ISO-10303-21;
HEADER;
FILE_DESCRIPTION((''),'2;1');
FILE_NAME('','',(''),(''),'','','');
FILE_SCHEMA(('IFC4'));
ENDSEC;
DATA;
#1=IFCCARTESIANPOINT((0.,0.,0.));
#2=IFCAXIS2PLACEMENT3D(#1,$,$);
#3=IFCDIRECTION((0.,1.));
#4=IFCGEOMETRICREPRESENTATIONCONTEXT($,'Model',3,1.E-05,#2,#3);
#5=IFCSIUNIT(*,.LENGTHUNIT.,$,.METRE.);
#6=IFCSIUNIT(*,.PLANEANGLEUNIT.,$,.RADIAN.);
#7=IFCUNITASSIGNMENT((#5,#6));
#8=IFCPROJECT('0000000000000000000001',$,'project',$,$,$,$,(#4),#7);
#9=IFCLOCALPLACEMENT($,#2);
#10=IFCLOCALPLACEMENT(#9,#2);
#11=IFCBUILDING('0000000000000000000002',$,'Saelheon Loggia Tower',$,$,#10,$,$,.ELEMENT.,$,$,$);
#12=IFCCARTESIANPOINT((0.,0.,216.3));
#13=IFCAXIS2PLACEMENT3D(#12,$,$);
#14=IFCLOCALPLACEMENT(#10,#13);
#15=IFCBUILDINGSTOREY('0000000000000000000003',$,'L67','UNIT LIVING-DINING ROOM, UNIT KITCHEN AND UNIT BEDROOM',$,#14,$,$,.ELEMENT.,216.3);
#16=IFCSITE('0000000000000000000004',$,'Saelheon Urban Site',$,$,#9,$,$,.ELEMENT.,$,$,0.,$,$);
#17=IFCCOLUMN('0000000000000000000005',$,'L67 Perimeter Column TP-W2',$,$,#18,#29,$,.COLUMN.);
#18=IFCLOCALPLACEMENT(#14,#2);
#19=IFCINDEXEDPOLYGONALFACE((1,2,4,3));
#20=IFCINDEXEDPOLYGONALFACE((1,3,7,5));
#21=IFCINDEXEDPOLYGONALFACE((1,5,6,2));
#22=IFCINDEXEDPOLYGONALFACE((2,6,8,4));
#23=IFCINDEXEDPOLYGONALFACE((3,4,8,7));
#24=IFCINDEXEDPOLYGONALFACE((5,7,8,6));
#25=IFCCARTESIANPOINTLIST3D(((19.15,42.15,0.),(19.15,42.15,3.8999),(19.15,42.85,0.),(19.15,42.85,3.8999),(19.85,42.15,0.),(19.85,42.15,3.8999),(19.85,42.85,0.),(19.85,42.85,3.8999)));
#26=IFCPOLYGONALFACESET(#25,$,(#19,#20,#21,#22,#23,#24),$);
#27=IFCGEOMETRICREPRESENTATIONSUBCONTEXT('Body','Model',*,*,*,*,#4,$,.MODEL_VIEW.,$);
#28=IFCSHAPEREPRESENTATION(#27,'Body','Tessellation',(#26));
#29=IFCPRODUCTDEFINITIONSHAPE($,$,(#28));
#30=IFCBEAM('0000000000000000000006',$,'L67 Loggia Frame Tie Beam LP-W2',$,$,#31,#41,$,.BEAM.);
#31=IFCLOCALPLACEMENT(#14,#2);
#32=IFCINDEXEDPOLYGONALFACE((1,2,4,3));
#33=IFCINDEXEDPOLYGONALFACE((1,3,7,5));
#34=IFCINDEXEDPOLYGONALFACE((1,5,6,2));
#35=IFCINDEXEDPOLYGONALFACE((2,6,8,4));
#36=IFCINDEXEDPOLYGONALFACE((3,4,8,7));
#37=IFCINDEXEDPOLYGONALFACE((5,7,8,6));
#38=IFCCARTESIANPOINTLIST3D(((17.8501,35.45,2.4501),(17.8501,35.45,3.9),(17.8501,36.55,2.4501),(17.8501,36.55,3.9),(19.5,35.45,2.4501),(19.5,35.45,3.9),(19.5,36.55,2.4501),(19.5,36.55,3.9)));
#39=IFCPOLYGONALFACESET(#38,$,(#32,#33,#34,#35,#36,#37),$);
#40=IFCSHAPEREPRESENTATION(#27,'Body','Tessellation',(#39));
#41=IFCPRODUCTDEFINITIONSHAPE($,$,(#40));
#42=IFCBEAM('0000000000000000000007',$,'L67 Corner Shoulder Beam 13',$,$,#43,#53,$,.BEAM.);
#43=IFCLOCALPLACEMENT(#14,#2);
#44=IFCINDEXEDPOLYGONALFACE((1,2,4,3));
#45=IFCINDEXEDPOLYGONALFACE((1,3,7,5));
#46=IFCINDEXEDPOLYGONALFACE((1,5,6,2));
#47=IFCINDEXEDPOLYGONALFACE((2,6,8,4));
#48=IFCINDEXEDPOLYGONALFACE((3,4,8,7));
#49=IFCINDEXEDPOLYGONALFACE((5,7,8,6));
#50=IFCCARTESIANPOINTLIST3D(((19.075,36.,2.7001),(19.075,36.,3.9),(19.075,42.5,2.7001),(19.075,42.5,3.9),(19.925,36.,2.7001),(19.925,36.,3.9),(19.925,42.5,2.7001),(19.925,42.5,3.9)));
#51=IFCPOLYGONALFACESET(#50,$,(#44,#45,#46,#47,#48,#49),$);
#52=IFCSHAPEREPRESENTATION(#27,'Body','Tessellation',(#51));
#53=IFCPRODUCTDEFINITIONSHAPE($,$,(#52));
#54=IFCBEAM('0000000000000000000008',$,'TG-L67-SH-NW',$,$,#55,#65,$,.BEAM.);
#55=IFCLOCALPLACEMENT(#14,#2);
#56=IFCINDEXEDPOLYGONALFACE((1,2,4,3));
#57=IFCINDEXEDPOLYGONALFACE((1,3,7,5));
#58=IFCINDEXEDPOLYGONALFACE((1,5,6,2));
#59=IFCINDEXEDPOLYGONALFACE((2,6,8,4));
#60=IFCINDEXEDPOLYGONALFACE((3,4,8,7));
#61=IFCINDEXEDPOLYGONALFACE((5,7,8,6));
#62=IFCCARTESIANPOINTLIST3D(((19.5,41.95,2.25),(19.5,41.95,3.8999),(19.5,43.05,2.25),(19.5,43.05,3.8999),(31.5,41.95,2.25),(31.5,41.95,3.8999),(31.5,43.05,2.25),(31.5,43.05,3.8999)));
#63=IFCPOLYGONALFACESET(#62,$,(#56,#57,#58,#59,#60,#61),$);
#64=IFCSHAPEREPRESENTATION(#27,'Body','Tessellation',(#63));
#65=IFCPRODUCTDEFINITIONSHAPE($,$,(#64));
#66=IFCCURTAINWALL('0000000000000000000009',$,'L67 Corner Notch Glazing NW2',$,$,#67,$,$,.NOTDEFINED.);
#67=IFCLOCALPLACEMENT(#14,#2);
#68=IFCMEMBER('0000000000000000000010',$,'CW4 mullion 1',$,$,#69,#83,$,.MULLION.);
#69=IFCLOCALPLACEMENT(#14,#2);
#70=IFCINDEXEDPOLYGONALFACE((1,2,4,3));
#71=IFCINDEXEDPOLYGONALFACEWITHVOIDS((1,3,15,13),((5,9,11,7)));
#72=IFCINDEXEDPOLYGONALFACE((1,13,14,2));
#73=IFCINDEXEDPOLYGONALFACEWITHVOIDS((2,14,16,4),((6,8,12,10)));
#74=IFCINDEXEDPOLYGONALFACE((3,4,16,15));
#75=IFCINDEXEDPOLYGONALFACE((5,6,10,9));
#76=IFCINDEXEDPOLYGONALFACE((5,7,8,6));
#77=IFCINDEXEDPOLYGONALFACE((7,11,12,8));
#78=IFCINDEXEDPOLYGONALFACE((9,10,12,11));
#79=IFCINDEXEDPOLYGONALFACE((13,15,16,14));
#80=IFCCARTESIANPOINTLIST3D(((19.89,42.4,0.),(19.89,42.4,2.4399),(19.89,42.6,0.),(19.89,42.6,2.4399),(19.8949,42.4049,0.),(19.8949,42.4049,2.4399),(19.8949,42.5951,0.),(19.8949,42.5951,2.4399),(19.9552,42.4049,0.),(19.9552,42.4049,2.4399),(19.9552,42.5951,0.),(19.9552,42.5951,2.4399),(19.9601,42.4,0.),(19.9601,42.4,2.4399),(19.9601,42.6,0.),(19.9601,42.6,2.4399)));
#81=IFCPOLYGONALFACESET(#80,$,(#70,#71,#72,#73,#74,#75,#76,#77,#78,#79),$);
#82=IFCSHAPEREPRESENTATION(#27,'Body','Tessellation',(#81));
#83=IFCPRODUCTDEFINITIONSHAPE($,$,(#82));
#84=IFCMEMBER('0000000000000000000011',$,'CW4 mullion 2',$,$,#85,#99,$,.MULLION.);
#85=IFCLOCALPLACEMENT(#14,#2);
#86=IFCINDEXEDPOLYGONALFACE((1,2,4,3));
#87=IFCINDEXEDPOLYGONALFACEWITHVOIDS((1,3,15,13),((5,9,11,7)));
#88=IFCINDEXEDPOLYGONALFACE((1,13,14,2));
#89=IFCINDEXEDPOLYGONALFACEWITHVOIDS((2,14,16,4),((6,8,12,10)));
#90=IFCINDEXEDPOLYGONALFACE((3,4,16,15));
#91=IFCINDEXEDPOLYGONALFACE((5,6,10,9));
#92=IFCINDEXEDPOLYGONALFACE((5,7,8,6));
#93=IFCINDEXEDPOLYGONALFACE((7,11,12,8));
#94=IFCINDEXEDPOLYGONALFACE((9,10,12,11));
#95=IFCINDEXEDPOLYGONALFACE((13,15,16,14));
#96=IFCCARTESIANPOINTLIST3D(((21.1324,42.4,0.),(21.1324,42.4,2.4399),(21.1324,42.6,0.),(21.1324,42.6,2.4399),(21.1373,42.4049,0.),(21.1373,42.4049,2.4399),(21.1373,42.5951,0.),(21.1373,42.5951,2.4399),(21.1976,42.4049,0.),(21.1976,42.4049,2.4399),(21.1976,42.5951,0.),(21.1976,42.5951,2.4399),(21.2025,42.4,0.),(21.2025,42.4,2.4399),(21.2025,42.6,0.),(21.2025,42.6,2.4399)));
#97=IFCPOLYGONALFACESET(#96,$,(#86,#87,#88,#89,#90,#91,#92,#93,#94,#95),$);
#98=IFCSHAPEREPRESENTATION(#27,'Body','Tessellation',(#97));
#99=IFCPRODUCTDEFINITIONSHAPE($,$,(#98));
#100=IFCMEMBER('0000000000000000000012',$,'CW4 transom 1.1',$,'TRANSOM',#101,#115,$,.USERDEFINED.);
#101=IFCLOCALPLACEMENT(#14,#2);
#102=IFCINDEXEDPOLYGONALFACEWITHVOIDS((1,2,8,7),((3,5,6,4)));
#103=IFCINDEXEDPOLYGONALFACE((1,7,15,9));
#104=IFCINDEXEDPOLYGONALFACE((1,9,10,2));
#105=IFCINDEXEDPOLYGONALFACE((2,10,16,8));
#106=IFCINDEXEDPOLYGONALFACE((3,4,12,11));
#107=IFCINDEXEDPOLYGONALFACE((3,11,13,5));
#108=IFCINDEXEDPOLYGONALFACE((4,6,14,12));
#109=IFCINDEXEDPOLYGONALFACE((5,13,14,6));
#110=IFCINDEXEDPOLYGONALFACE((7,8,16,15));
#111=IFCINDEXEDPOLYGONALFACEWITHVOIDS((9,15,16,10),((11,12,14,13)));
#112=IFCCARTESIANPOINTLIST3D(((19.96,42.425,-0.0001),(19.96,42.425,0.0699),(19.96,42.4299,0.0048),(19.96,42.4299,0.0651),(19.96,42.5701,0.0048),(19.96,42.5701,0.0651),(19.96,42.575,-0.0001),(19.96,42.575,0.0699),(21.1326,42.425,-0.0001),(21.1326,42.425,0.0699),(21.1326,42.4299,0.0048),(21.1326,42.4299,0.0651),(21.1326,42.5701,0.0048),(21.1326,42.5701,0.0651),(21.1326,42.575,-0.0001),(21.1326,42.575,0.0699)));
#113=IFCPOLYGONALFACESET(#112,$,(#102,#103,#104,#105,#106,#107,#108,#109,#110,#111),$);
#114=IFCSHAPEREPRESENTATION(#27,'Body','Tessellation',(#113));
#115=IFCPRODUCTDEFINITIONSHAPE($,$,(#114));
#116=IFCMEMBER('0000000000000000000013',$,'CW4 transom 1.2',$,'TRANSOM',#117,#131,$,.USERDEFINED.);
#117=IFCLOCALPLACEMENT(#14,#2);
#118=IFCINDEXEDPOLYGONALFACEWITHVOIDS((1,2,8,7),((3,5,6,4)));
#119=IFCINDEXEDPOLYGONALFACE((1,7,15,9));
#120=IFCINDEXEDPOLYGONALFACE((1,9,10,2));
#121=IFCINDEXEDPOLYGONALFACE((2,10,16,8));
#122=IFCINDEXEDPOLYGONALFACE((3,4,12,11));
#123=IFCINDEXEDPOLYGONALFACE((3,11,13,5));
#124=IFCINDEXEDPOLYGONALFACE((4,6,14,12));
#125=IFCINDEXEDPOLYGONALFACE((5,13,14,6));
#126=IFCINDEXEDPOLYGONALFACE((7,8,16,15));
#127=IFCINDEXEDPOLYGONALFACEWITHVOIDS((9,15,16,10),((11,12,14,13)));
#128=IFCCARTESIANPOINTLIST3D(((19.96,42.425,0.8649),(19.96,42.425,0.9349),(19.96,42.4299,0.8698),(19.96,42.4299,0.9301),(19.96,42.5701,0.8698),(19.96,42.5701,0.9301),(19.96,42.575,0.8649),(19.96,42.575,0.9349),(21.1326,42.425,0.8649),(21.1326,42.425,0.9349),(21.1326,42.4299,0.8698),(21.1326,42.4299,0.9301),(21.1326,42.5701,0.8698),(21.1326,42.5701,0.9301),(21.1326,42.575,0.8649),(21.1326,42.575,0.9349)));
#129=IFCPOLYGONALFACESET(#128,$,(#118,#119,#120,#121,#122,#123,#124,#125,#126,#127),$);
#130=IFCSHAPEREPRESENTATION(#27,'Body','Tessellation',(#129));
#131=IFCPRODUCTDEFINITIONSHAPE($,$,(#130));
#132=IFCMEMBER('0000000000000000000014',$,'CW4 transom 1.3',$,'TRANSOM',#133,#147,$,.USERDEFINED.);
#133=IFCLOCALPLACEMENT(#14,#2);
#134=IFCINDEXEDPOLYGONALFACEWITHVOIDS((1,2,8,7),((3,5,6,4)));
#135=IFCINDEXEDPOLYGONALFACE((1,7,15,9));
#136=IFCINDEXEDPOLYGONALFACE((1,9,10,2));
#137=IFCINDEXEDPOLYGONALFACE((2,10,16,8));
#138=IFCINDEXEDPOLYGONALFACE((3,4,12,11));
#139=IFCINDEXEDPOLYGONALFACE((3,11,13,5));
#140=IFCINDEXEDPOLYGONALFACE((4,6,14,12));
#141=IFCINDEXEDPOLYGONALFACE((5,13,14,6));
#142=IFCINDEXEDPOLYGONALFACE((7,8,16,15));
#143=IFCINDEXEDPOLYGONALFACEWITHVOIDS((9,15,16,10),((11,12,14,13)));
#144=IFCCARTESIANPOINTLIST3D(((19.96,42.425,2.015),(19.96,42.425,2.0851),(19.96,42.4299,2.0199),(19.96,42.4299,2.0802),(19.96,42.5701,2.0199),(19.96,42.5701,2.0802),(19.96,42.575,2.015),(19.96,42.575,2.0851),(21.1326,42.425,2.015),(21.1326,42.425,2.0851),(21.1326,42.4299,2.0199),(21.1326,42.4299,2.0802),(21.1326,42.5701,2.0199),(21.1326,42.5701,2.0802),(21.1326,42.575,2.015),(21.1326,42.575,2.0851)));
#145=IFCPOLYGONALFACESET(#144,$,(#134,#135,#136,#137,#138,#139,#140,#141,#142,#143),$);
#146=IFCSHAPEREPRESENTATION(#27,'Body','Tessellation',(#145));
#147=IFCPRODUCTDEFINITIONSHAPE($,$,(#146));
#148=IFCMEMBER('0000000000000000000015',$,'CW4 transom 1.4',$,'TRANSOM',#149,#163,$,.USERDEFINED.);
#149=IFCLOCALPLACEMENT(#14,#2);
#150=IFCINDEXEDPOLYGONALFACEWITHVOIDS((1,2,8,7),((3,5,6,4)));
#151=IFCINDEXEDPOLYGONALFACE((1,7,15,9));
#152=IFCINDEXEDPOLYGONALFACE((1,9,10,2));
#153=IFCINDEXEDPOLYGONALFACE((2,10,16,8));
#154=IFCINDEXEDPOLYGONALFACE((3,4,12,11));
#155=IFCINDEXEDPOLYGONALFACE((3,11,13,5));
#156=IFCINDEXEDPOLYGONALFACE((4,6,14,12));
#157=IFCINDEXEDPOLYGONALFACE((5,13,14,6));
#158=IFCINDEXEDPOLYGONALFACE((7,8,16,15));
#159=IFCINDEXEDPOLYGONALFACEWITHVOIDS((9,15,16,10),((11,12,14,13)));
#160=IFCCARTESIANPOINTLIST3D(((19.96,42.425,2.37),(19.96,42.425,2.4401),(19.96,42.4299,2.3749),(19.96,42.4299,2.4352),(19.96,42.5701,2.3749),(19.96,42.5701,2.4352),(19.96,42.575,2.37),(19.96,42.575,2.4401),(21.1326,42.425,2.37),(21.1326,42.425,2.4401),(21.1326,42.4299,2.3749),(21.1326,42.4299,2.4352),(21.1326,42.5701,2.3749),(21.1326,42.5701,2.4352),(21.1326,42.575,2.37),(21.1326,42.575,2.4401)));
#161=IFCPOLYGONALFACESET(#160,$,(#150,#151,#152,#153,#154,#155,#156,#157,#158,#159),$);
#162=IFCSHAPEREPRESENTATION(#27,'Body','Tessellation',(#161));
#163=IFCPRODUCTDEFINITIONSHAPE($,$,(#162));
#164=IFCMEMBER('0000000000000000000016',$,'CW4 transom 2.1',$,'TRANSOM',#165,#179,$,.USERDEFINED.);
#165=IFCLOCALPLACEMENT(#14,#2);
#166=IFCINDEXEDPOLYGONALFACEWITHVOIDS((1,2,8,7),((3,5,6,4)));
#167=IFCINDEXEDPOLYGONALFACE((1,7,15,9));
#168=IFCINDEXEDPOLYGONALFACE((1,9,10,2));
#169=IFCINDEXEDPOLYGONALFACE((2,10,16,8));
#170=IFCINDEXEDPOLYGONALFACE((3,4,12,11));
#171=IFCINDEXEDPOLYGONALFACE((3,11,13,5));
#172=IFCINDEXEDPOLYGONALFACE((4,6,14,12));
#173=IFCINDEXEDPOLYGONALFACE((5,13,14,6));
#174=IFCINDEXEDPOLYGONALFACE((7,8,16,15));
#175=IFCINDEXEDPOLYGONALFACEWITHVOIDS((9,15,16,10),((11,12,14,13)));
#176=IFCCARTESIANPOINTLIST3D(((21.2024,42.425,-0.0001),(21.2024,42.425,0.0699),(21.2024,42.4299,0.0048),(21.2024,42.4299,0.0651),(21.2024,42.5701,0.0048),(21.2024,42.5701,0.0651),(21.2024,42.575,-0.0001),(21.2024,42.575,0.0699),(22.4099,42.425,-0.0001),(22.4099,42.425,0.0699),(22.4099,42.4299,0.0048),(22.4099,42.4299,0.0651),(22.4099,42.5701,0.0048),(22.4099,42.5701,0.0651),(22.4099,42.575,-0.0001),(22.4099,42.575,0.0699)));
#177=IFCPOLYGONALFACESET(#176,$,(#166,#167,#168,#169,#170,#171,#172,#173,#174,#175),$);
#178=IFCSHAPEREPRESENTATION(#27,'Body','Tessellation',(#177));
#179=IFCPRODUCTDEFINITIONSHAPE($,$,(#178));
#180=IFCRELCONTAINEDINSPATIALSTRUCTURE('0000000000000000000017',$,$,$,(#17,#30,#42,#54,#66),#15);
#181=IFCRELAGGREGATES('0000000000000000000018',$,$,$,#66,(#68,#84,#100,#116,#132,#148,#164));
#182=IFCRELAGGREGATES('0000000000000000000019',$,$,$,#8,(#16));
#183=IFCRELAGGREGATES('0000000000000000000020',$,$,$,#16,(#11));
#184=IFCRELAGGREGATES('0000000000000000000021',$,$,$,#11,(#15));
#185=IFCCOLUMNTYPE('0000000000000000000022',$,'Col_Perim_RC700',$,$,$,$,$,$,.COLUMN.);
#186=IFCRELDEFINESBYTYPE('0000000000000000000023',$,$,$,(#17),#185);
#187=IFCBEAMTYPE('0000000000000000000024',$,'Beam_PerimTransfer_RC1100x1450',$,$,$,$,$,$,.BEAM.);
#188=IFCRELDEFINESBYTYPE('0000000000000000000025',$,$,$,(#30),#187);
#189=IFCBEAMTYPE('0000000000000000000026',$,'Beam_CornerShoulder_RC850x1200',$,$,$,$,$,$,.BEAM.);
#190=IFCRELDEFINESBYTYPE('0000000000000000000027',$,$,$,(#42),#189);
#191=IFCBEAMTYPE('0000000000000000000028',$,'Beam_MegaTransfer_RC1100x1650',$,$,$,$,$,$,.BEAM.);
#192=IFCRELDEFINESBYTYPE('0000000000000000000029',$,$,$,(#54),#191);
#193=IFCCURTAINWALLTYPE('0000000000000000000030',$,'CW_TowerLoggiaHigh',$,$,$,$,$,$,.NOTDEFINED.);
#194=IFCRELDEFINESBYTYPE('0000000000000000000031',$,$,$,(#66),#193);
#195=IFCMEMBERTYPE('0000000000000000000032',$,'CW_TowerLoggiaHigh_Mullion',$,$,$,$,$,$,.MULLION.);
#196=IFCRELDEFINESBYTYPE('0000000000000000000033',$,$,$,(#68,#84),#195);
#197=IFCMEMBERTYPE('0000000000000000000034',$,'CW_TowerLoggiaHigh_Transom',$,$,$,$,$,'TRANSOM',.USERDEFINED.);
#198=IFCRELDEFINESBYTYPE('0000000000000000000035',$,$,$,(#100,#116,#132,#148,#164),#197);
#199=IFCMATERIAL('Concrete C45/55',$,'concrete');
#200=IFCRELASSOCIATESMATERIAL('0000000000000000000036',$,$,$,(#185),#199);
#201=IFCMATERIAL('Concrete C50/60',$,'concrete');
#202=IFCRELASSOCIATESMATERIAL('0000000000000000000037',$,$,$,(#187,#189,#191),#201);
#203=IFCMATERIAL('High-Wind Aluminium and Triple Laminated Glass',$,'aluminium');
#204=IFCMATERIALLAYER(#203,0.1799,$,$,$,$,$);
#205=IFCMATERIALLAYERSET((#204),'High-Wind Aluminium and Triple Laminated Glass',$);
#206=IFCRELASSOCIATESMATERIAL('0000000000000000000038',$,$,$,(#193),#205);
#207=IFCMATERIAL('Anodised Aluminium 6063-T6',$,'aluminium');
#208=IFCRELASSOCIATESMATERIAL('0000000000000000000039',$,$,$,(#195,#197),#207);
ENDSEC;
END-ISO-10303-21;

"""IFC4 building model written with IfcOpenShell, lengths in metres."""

from ifc_helpers import new_model, si_unit, direction, frame, origin, origin_2d, place, context, subcontext, project, spatial, rectangle, hollow_rectangle, extrude, source, transform, mapped, material, layer, layer_set, material_profile, profile_set, type_object, element, aggregate, save


model = new_model("IFC4")

# Units and contexts
model_context = context("Model", 3, precision=1e-05, world=origin(), true_north=direction((0.0, 1.0)))
body_context = subcontext(model_context, "Body", "Model", "MODEL_VIEW")
ifc_project = project(units=[si_unit("LENGTHUNIT", "METRE"), si_unit("PLANEANGLEUNIT", "RADIAN")], contexts=[model_context])

# Site, building, storey
site_placement = place(None, origin())
site = spatial("IfcSite", under=ifc_project, at=site_placement, Name="Saelheon Urban Site", CompositionType="ELEMENT", RefElevation=0.0)
building_placement = place(site_placement, origin())
building = spatial("IfcBuilding", under=site, at=building_placement, Name="Saelheon Loggia Tower", CompositionType="ELEMENT")
storey_placement = place(building_placement, frame((0.0, 0.0, 216.3)))
storey = spatial("IfcBuildingStorey", under=building, at=storey_placement, Name="L67", Description="UNIT LIVING-DINING ROOM, UNIT KITCHEN AND UNIT BEDROOM", CompositionType="ELEMENT", Elevation=216.3)

# Column
ifc_material_1 = material(Name="Concrete C45/55", Category="concrete")
ifc_material_profile_1 = material_profile(ifc_material_1, rectangle(XDim=0.7, YDim=0.7, at=origin_2d()), Name="RC-700x700")
ifc_profile_set_1 = profile_set([ifc_material_profile_1], Name="Concrete C45/55")
column_type = type_object("IfcColumnType", Name="Col_Perim_RC700", PredefinedType="COLUMN", material=ifc_profile_set_1)
shared_shape_1 = source(origin(), body_context, "Body", "SweptSolid", [
    extrude(rectangle(XDim=0.7, YDim=0.7, at=origin_2d()), origin(), (0.0, 0.0, 1.0), 3.8999),
])
column_placement = place(storey_placement, frame((19.5, 42.5, 0.0), z_axis=(0.0, 0.0, 1.0), x_axis=(1.0, 0.0, 0.0)))
element("IfcColumn", 1, at=column_placement, inside=storey, type_object=column_type, Name="L67 Perimeter Column TP-W2", PredefinedType="COLUMN", context=body_context, shape_type="MappedRepresentation", body=[
    mapped(shared_shape_1, transform((0.0, 0.0, 0.0), scale=1.0)),
])

# Beams
ifc_material_2 = material(Name="Concrete C50/60", Category="concrete")
ifc_material_profile_2 = material_profile(ifc_material_2, rectangle(XDim=1.1001, YDim=1.45, at=origin_2d()), Name="RC-1100x1450")
ifc_profile_set_2 = profile_set([ifc_material_profile_2], Name="Concrete C50/60")
beam_type_1 = type_object("IfcBeamType", Name="Beam_PerimTransfer_RC1100x1450", PredefinedType="BEAM", material=ifc_profile_set_2)
shared_shape_2 = source(origin(), body_context, "Body", "SweptSolid", [
    extrude(rectangle(XDim=1.1001, YDim=1.45, at=origin_2d()), origin(), (0.0, 0.0, 1.0), 1.6499),
])
beam_1_placement = place(storey_placement, frame((19.5, 36.0, 3.175), z_axis=(-1.0, 0.0, 0.0), x_axis=(0.0, -1.0, 0.0)))
element("IfcBeam", 2, at=beam_1_placement, inside=storey, type_object=beam_type_1, Name="L67 Loggia Frame Tie Beam LP-W2", PredefinedType="BEAM", context=body_context, shape_type="MappedRepresentation", body=[
    mapped(shared_shape_2, transform((0.0, 0.0, 0.0), scale=1.0)),
])
ifc_material_profile_3 = material_profile(ifc_material_2, rectangle(XDim=0.8501, YDim=1.2, at=origin_2d()), Name="RC-850x1200")
ifc_profile_set_3 = profile_set([ifc_material_profile_3], Name="Concrete C50/60")
beam_type_2 = type_object("IfcBeamType", Name="Beam_CornerShoulder_RC850x1200", PredefinedType="BEAM", material=ifc_profile_set_3)
shared_shape_3 = source(origin(), body_context, "Body", "SweptSolid", [
    extrude(rectangle(XDim=0.8501, YDim=1.2, at=origin_2d()), origin(), (0.0, 0.0, 1.0), 6.5),
])
beam_2_placement = place(storey_placement, frame((19.5, 42.5, 3.3), z_axis=(0.0, -1.0, 0.0), x_axis=(1.0, 0.0, 0.0)))
element("IfcBeam", 3, at=beam_2_placement, inside=storey, type_object=beam_type_2, Name="L67 Corner Shoulder Beam 13", PredefinedType="BEAM", context=body_context, shape_type="MappedRepresentation", body=[
    mapped(shared_shape_3, transform((0.0, 0.0, 0.0), scale=1.0)),
])
ifc_material_profile_4 = material_profile(ifc_material_2, rectangle(XDim=1.1001, YDim=1.6499, at=origin_2d()), Name="RC-1100x1650")
ifc_profile_set_4 = profile_set([ifc_material_profile_4], Name="Concrete C50/60")
beam_type_3 = type_object("IfcBeamType", Name="Beam_MegaTransfer_RC1100x1650", PredefinedType="BEAM", material=ifc_profile_set_4)
shared_shape_4 = source(origin(), body_context, "Body", "SweptSolid", [
    extrude(rectangle(XDim=1.1001, YDim=1.6499, at=origin_2d()), origin(), (0.0, 0.0, 1.0), 12.0),
])
beam_3_placement = place(storey_placement, frame((19.5, 42.5, 3.075), z_axis=(1.0, 0.0, 0.0), x_axis=(0.0, 1.0, 0.0)))
element("IfcBeam", 4, at=beam_3_placement, inside=storey, type_object=beam_type_3, Name="TG-L67-SH-NW", PredefinedType="BEAM", context=body_context, shape_type="MappedRepresentation", body=[
    mapped(shared_shape_4, transform((0.0, 0.0, 0.0), scale=1.0)),
])

# Curtain wall, members
ifc_material_3 = material(Name="High-Wind Aluminium and Triple Laminated Glass", Category="aluminium")
ifc_layer_1 = layer(ifc_material_3, 0.1799)
ifc_layer_set_1 = layer_set([ifc_layer_1], Name="High-Wind Aluminium and Triple Laminated Glass")
curtain_wall_type = type_object("IfcCurtainWallType", Name="CW_TowerLoggiaHigh", PredefinedType="NOTDEFINED", material=ifc_layer_set_1)
curtain_wall_placement = place(storey_placement, origin())
curtain_wall = element("IfcCurtainWall", 5, at=curtain_wall_placement, inside=storey, type_object=curtain_wall_type, Name="L67 Corner Notch Glazing NW2", PredefinedType="NOTDEFINED")
ifc_material_4 = material(Name="Anodised Aluminium 6063-T6", Category="aluminium")
ifc_material_profile_5 = material_profile(ifc_material_4, hollow_rectangle(XDim=0.0701, YDim=0.2, WallThickness=0.0049, at=origin_2d()), Name="RHS-200x70x5")
ifc_profile_set_5 = profile_set([ifc_material_profile_5], Name="Anodised Aluminium 6063-T6")
member_type_1 = type_object("IfcMemberType", Name="CW_TowerLoggiaHigh_Mullion", PredefinedType="MULLION", material=ifc_profile_set_5)
shared_shape_5 = source(origin(), body_context, "Body", "SweptSolid", [
    extrude(hollow_rectangle(XDim=0.0701, YDim=0.2, WallThickness=0.0049, at=origin_2d()), origin(), (0.0, 0.0, 1.0), 2.4399),
])
member_1_placement = place(storey_placement, frame((19.925, 42.5, 0.0), z_axis=(0.0, 0.0, 1.0), x_axis=(1.0, 0.0, 0.0)))
member_1 = element("IfcMember", 6, at=member_1_placement, type_object=member_type_1, Name="CW4 mullion 1", PredefinedType="MULLION", context=body_context, shape_type="MappedRepresentation", body=[
    mapped(shared_shape_5, transform((0.0, 0.0, 0.0), scale=1.0)),
])
member_2_placement = place(storey_placement, frame((21.1675, 42.5, 0.0), z_axis=(0.0, 0.0, 1.0), x_axis=(1.0, 0.0, 0.0)))
member_2 = element("IfcMember", 7, at=member_2_placement, type_object=member_type_1, Name="CW4 mullion 2", PredefinedType="MULLION", context=body_context, shape_type="MappedRepresentation", body=[
    mapped(shared_shape_5, transform((0.0, 0.0, 0.0), scale=1.0)),
])
ifc_material_profile_6 = material_profile(ifc_material_4, hollow_rectangle(XDim=0.0701, YDim=0.1499, WallThickness=0.0049, at=origin_2d()), Name="RHS-150x70x5")
ifc_profile_set_6 = profile_set([ifc_material_profile_6], Name="Anodised Aluminium 6063-T6")
member_type_2 = type_object("IfcMemberType", Name="CW_TowerLoggiaHigh_Transom", ElementType="TRANSOM", PredefinedType="USERDEFINED", material=ifc_profile_set_6)
shared_shape_6 = source(origin(), body_context, "Body", "SweptSolid", [
    extrude(hollow_rectangle(XDim=0.0701, YDim=0.1499, WallThickness=0.0049, at=origin_2d()), origin(), (0.0, 0.0, 1.0), 1.1726),
])
member_3_placement = place(storey_placement, frame((19.96, 42.5, 0.0349), z_axis=(1.0, 0.0, 0.0), x_axis=(0.0, 0.0, 1.0)))
member_3 = element("IfcMember", 8, at=member_3_placement, type_object=member_type_2, Name="CW4 transom 1.1", ObjectType="TRANSOM", PredefinedType="USERDEFINED", context=body_context, shape_type="MappedRepresentation", body=[
    mapped(shared_shape_6, transform((0.0, 0.0, 0.0), scale=1.0)),
])
member_4_placement = place(storey_placement, frame((19.96, 42.5, 0.8999), z_axis=(1.0, 0.0, 0.0), x_axis=(0.0, 0.0, 1.0)))
member_4 = element("IfcMember", 9, at=member_4_placement, type_object=member_type_2, Name="CW4 transom 1.2", ObjectType="TRANSOM", PredefinedType="USERDEFINED", context=body_context, shape_type="MappedRepresentation", body=[
    mapped(shared_shape_6, transform((0.0, 0.0, 0.0), scale=1.0)),
])
member_5_placement = place(storey_placement, frame((19.96, 42.5, 2.05), z_axis=(1.0, 0.0, 0.0), x_axis=(0.0, 0.0, 1.0)))
member_5 = element("IfcMember", 10, at=member_5_placement, type_object=member_type_2, Name="CW4 transom 1.3", ObjectType="TRANSOM", PredefinedType="USERDEFINED", context=body_context, shape_type="MappedRepresentation", body=[
    mapped(shared_shape_6, transform((0.0, 0.0, 0.0), scale=1.0)),
])
member_6_placement = place(storey_placement, frame((19.96, 42.5, 2.405), z_axis=(1.0, 0.0, 0.0), x_axis=(0.0, 0.0, 1.0)))
member_6 = element("IfcMember", 11, at=member_6_placement, type_object=member_type_2, Name="CW4 transom 1.4", ObjectType="TRANSOM", PredefinedType="USERDEFINED", context=body_context, shape_type="MappedRepresentation", body=[
    mapped(shared_shape_6, transform((0.0, 0.0, 0.0), scale=1.0)),
])
shared_shape_7 = source(origin(), body_context, "Body", "SweptSolid", [
    extrude(hollow_rectangle(XDim=0.0701, YDim=0.1499, WallThickness=0.0049, at=origin_2d()), origin(), (0.0, 0.0, 1.0), 1.2075),
])
member_7_placement = place(storey_placement, frame((21.2024, 42.5, 0.0349), z_axis=(1.0, 0.0, 0.0), x_axis=(0.0, 0.0, 1.0)))
member_7 = element("IfcMember", 12, at=member_7_placement, type_object=member_type_2, Name="CW4 transom 2.1", ObjectType="TRANSOM", PredefinedType="USERDEFINED", context=body_context, shape_type="MappedRepresentation", body=[
    mapped(shared_shape_7, transform((0.0, 0.0, 0.0), scale=1.0)),
])
aggregate(curtain_wall, [member_1, member_2, member_3, member_4, member_5, member_6, member_7])

save(model, "model.ifc")
